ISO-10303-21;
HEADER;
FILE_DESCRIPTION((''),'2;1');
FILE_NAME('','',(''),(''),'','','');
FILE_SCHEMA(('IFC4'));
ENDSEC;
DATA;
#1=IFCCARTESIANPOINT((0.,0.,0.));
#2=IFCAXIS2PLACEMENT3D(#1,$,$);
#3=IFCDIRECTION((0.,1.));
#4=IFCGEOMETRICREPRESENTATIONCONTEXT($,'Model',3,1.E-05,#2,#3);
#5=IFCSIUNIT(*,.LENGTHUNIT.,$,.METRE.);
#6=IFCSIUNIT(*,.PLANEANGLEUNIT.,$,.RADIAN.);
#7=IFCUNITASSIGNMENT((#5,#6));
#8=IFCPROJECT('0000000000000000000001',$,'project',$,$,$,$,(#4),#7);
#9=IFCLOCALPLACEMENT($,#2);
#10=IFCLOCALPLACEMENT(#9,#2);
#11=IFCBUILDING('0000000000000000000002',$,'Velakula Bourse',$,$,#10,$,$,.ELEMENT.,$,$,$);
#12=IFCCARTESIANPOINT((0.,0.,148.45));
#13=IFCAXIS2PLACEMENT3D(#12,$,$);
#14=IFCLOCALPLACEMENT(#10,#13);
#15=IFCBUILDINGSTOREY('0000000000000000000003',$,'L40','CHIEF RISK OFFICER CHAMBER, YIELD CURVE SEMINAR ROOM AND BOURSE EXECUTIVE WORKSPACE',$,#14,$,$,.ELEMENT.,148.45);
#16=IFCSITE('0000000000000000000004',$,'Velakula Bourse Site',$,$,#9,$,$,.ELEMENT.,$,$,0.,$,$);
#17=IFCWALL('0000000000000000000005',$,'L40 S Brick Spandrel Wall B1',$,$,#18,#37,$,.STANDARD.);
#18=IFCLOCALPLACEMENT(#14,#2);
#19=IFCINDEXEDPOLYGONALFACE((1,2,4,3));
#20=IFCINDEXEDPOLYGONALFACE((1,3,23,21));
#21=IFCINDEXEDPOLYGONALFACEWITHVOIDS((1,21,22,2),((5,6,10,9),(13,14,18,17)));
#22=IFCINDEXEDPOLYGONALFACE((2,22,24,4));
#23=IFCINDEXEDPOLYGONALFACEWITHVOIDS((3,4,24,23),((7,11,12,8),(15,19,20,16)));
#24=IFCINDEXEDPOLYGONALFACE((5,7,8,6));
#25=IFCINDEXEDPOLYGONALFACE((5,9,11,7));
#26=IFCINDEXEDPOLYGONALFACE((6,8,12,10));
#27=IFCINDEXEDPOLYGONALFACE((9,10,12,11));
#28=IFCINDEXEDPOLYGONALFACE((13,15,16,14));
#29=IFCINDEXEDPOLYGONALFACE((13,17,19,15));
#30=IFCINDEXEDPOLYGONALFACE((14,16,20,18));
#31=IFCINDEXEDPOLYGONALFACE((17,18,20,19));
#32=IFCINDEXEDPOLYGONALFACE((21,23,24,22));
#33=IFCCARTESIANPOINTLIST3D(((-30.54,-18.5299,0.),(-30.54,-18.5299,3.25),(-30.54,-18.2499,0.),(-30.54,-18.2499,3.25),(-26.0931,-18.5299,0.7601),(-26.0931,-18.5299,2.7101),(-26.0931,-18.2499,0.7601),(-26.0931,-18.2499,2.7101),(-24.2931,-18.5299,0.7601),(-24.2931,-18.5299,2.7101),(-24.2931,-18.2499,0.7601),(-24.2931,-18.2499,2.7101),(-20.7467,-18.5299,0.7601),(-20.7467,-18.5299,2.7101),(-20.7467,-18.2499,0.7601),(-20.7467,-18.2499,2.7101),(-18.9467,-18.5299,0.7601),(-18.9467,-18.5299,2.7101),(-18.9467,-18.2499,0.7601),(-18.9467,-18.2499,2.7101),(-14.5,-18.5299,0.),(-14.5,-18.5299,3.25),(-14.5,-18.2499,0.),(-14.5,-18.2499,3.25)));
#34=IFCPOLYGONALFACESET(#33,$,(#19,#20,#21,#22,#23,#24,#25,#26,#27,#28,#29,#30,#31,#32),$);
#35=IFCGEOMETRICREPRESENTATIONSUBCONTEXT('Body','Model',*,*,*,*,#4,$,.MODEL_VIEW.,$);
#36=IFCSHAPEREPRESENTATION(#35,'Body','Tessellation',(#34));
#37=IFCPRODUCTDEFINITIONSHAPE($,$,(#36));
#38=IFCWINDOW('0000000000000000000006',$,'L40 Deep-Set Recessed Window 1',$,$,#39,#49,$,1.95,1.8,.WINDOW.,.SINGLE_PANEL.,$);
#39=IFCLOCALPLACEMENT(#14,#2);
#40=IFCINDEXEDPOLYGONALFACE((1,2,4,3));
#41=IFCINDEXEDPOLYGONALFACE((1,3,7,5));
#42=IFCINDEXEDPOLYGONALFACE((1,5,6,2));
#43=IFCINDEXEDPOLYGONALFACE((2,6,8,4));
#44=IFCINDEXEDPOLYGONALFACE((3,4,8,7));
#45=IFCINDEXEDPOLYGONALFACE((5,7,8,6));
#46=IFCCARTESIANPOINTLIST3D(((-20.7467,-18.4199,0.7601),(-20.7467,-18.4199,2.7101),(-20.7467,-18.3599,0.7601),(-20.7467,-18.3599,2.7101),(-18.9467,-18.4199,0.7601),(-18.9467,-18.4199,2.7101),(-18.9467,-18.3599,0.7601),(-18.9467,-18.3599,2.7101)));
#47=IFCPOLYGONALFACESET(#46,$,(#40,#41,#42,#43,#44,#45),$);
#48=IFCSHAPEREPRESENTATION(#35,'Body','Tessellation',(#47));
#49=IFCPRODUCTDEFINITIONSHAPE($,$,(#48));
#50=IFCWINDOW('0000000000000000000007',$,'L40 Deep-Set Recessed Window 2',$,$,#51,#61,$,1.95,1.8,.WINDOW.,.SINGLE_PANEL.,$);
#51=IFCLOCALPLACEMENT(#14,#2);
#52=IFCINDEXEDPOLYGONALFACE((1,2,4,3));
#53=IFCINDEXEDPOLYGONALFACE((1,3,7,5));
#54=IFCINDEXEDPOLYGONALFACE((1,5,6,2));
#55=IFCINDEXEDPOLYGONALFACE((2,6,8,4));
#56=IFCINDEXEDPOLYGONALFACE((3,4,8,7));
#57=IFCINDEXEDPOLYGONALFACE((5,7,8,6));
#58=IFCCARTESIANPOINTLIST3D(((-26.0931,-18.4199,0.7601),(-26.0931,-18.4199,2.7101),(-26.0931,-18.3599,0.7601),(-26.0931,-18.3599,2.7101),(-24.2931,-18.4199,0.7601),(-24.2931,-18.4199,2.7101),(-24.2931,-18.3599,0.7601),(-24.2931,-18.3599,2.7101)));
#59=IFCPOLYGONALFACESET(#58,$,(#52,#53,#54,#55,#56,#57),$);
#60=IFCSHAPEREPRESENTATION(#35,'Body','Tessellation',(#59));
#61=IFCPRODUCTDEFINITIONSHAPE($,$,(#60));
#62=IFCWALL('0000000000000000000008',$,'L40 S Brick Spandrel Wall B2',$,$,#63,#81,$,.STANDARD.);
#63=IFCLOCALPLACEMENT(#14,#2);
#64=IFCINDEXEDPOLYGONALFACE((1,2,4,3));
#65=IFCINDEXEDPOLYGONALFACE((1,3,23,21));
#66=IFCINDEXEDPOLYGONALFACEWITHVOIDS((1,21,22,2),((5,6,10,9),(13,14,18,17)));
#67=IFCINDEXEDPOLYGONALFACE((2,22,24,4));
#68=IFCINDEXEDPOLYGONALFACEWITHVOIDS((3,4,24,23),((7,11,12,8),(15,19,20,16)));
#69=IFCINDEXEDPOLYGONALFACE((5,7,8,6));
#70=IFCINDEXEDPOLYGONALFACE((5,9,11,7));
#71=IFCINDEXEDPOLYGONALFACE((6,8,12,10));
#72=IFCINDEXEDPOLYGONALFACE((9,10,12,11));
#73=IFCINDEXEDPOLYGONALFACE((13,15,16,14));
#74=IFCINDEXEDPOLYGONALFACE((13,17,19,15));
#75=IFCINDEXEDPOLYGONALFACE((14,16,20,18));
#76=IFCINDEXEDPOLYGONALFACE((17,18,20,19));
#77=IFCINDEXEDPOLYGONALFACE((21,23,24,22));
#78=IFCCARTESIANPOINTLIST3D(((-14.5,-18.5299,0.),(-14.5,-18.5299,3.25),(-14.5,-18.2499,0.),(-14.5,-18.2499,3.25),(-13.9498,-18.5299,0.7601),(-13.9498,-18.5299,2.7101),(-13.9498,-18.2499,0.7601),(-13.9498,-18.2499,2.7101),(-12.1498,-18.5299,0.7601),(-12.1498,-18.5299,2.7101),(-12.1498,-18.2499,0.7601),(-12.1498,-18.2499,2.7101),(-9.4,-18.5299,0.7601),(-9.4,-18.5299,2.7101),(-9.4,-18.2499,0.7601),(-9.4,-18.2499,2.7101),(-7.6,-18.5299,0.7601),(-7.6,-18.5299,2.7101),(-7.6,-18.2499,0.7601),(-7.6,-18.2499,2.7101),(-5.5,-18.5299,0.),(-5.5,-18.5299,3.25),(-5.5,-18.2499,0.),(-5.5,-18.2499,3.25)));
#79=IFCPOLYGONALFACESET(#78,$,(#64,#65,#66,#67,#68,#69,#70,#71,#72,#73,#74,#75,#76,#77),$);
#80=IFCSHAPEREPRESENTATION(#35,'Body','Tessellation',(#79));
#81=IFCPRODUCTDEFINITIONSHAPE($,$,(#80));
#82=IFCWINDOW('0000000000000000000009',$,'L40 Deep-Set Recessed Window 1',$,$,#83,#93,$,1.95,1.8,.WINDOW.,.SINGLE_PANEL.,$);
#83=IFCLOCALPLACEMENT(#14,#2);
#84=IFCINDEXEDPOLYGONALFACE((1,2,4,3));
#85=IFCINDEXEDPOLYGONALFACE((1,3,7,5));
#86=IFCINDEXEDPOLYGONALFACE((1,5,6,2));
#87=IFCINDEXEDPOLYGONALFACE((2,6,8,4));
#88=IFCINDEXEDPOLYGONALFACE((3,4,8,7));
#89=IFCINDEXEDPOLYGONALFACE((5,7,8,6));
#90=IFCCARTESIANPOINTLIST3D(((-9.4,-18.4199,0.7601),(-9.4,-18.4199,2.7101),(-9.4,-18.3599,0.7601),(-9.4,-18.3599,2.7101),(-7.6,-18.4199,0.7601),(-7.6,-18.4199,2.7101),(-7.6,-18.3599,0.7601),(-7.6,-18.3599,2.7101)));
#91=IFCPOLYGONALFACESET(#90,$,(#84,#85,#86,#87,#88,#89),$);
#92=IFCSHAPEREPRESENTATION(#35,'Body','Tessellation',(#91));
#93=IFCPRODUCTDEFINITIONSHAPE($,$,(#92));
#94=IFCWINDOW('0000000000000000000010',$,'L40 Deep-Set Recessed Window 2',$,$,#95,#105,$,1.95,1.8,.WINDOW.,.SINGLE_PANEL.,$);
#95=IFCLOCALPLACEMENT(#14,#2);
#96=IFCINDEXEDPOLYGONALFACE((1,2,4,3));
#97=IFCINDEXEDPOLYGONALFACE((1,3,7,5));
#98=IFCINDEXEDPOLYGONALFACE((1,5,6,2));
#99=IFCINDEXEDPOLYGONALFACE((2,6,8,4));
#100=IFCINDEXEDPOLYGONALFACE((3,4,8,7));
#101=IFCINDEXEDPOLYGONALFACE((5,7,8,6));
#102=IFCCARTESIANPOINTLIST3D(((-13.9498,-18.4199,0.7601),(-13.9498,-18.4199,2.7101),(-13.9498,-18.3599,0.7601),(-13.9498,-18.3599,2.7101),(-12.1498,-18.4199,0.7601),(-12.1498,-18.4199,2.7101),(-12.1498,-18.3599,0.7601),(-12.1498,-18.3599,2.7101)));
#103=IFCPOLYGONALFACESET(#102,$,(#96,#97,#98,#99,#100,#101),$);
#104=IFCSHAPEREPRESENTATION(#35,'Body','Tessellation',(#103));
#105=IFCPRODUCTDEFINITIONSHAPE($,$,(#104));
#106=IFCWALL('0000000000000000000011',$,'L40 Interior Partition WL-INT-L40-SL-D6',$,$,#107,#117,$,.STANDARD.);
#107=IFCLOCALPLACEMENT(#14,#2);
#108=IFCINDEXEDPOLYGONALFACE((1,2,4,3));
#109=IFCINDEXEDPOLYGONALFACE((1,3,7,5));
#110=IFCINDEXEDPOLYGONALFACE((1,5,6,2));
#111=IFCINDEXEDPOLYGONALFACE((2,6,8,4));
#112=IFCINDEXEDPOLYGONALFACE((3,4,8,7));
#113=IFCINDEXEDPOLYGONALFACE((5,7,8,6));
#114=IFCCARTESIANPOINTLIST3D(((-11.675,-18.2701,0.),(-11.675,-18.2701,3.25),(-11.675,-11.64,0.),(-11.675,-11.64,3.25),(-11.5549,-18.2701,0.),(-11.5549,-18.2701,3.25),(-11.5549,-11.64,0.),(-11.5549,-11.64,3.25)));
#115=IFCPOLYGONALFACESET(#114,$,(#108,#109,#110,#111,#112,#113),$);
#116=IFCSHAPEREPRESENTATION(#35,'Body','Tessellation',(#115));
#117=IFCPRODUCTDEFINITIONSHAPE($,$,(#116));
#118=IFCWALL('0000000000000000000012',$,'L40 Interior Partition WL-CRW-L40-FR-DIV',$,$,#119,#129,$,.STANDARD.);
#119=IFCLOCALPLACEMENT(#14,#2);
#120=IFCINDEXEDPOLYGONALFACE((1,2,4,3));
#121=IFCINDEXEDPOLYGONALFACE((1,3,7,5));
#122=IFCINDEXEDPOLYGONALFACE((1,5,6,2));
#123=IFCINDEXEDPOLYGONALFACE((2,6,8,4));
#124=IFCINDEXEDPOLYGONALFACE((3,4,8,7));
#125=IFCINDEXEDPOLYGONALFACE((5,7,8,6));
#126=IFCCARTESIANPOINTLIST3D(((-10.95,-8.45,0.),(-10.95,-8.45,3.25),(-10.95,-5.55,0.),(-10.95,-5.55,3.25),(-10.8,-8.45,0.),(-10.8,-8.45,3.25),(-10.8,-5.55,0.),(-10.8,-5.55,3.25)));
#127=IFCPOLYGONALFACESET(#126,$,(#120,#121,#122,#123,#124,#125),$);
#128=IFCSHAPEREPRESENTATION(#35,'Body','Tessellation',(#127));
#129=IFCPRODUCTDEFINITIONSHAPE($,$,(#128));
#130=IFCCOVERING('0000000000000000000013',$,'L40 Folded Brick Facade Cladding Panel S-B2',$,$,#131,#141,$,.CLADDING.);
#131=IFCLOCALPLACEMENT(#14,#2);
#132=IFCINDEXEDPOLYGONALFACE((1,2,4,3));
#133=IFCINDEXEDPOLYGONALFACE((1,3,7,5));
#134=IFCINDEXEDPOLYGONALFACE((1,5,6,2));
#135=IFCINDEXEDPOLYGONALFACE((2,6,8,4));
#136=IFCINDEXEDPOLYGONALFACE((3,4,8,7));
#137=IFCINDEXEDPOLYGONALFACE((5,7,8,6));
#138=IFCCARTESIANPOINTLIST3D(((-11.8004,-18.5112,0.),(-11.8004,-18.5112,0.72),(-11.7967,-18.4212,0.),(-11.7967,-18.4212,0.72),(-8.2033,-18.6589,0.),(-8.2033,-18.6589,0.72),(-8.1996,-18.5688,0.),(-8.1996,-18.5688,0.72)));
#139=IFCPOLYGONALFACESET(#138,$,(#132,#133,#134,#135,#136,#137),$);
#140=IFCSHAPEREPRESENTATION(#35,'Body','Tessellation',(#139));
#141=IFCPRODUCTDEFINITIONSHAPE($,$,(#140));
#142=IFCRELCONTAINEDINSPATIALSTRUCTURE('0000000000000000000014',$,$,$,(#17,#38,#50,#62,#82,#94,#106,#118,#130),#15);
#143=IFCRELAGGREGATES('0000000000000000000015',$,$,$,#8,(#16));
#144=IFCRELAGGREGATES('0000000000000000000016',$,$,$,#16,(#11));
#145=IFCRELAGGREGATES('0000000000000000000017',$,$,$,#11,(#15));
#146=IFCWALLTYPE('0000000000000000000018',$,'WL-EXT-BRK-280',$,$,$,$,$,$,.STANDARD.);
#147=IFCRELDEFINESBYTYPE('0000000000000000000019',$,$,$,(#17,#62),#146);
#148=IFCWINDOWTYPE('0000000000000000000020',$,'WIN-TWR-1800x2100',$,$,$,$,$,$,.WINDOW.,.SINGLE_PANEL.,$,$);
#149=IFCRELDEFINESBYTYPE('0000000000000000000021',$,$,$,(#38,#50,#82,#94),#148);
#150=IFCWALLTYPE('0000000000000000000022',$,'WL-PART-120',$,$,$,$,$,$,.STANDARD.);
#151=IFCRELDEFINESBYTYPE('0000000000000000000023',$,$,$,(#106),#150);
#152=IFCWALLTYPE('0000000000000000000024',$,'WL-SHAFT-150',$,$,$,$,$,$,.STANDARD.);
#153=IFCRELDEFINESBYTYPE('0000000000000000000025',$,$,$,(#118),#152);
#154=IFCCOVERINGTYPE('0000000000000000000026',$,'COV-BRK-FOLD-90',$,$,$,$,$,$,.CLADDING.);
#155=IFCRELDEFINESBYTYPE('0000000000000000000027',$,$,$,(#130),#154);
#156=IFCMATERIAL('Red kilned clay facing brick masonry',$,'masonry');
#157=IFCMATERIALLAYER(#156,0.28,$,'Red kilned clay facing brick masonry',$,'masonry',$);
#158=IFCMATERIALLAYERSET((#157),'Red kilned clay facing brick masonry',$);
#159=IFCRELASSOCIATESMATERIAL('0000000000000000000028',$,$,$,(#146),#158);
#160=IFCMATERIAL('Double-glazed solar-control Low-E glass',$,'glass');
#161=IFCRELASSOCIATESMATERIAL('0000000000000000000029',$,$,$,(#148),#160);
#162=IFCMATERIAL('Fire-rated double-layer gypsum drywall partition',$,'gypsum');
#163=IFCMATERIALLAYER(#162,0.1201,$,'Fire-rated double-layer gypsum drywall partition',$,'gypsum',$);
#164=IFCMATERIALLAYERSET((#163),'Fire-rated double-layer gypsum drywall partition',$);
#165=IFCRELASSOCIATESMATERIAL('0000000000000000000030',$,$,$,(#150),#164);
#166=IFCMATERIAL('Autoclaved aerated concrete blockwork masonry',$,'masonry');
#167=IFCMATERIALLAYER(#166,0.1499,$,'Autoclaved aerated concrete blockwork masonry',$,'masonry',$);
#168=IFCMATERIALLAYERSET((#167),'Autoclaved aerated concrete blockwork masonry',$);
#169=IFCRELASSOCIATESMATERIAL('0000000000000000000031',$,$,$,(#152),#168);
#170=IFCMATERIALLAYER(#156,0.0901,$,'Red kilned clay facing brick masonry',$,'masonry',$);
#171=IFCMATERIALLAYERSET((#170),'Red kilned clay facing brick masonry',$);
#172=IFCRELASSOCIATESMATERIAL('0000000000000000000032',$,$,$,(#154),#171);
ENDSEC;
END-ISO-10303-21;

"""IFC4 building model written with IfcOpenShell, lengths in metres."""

from ifc_helpers import new_model, si_unit, direction, frame, frame_2d, origin, origin_2d, place, context, subcontext, project, spatial, rectangle, extrude, material, layer, layer_set, type_object, element, fill, save


model = new_model("IFC4")

# Units and contexts
model_context = context("Model", 3, precision=1e-05, world=origin(), true_north=direction((0.0, 1.0)))
body_context = subcontext(model_context, "Body", "Model", "MODEL_VIEW")
ifc_project = project(units=[si_unit("LENGTHUNIT", "METRE"), si_unit("PLANEANGLEUNIT", "RADIAN")], contexts=[model_context])

# Site, building, storey
site_placement = place(None, origin())
site = spatial("IfcSite", under=ifc_project, at=site_placement, Name="Velakula Bourse Site", CompositionType="ELEMENT", RefElevation=0.0)
building_placement = place(site_placement, origin())
building = spatial("IfcBuilding", under=site, at=building_placement, Name="Velakula Bourse", CompositionType="ELEMENT")
storey_placement = place(building_placement, frame((0.0, 0.0, 148.45)))
storey = spatial("IfcBuildingStorey", under=building, at=storey_placement, Name="L40", Description="CHIEF RISK OFFICER CHAMBER, YIELD CURVE SEMINAR ROOM AND BOURSE EXECUTIVE WORKSPACE", CompositionType="ELEMENT", Elevation=148.45)

# Walls, openings, windows
ifc_material_1 = material(Name="Red kilned clay facing brick masonry", Category="masonry")
ifc_layer_1 = layer(ifc_material_1, 0.28, Name="Red kilned clay facing brick masonry", Category="masonry")
ifc_layer_set_1 = layer_set([ifc_layer_1], Name="Red kilned clay facing brick masonry")
wall_type_1 = type_object("IfcWallType", Name="WL-EXT-BRK-280", PredefinedType="STANDARD", material=ifc_layer_set_1)
wall_1_placement = place(storey_placement, frame((-14.5, -18.3899, 0.0), z_axis=(0.0, 0.0, 1.0), x_axis=(-1.0, 0.0, 0.0)))
wall_1 = element("IfcWall", 1, at=wall_1_placement, inside=storey, type_object=wall_type_1, Name="L40 S Brick Spandrel Wall B1", PredefinedType="STANDARD", context=body_context, shape_type="SweptSolid", body=[
    extrude(rectangle(XDim=16.04, YDim=0.28, at=frame_2d((8.02, 0.0))), origin(), (0.0, 0.0, 1.0), 3.25),
])
opening_1_placement = place(wall_1_placement, frame((4.4468, 0.0, 0.76)))
opening_1 = element("IfcOpeningElement", 2, at=opening_1_placement, cuts=wall_1, PredefinedType="OPENING", context=body_context, shape_type="SweptSolid", body=[
    extrude(rectangle(XDim=1.8, YDim=1.95, at=frame_2d((0.8999, 0.9751))), frame((0.0, 0.1499, 0.0), z_axis=(0.0, -1.0, 0.0), x_axis=(1.0, 0.0, 0.0)), (0.0, 0.0, 1.0), 0.3),
])
opening_2_placement = place(wall_1_placement, frame((9.7932, 0.0, 0.76)))
opening_2 = element("IfcOpeningElement", 3, at=opening_2_placement, cuts=wall_1, PredefinedType="OPENING", context=body_context, shape_type="SweptSolid", body=[
    extrude(rectangle(XDim=1.8, YDim=1.95, at=frame_2d((0.8999, 0.9751))), frame((0.0, 0.1499, 0.0), z_axis=(0.0, -1.0, 0.0), x_axis=(1.0, 0.0, 0.0)), (0.0, 0.0, 1.0), 0.3),
])
ifc_material_2 = material(Name="Double-glazed solar-control Low-E glass", Category="glass")
window_type = type_object("IfcWindowType", Name="WIN-TWR-1800x2100", PartitioningType="SINGLE_PANEL", PredefinedType="WINDOW", material=ifc_material_2)
window_1_placement = place(opening_1_placement, origin())
window_1 = element("IfcWindow", 4, at=window_1_placement, inside=storey, type_object=window_type, Name="L40 Deep-Set Recessed Window 1", OverallHeight=1.95, OverallWidth=1.8, PartitioningType="SINGLE_PANEL", PredefinedType="WINDOW", context=body_context, shape_type="SweptSolid", body=[
    extrude(rectangle(XDim=1.8, YDim=1.95, at=frame_2d((0.8999, 0.9751))), frame((0.0, 0.03, 0.0), z_axis=(0.0, -1.0, 0.0), x_axis=(1.0, 0.0, 0.0)), (0.0, 0.0, 1.0), 0.0601),
])
fill(opening_1, window_1)
window_2_placement = place(opening_2_placement, origin())
window_2 = element("IfcWindow", 5, at=window_2_placement, inside=storey, type_object=window_type, Name="L40 Deep-Set Recessed Window 2", OverallHeight=1.95, OverallWidth=1.8, PartitioningType="SINGLE_PANEL", PredefinedType="WINDOW", context=body_context, shape_type="SweptSolid", body=[
    extrude(rectangle(XDim=1.8, YDim=1.95, at=frame_2d((0.8999, 0.9751))), frame((0.0, 0.03, 0.0), z_axis=(0.0, -1.0, 0.0), x_axis=(1.0, 0.0, 0.0)), (0.0, 0.0, 1.0), 0.0601),
])
fill(opening_2, window_2)
wall_2_placement = place(storey_placement, frame((-5.5, -18.3899, 0.0), z_axis=(0.0, 0.0, 1.0), x_axis=(-1.0, 0.0, 0.0)))
wall_2 = element("IfcWall", 6, at=wall_2_placement, inside=storey, type_object=wall_type_1, Name="L40 S Brick Spandrel Wall B2", PredefinedType="STANDARD", context=body_context, shape_type="SweptSolid", body=[
    extrude(rectangle(XDim=9.0, YDim=0.28, at=frame_2d((4.5, 0.0))), origin(), (0.0, 0.0, 1.0), 3.25),
])
opening_3_placement = place(wall_2_placement, frame((2.1001, 0.0, 0.76)))
opening_3 = element("IfcOpeningElement", 7, at=opening_3_placement, cuts=wall_2, PredefinedType="OPENING", context=body_context, shape_type="SweptSolid", body=[
    extrude(rectangle(XDim=1.8, YDim=1.95, at=frame_2d((0.8999, 0.9751))), frame((0.0, 0.1499, 0.0), z_axis=(0.0, -1.0, 0.0), x_axis=(1.0, 0.0, 0.0)), (0.0, 0.0, 1.0), 0.3),
])
opening_4_placement = place(wall_2_placement, frame((6.6499, 0.0, 0.76)))
opening_4 = element("IfcOpeningElement", 8, at=opening_4_placement, cuts=wall_2, PredefinedType="OPENING", context=body_context, shape_type="SweptSolid", body=[
    extrude(rectangle(XDim=1.8, YDim=1.95, at=frame_2d((0.8999, 0.9751))), frame((0.0, 0.1499, 0.0), z_axis=(0.0, -1.0, 0.0), x_axis=(1.0, 0.0, 0.0)), (0.0, 0.0, 1.0), 0.3),
])
window_3_placement = place(opening_3_placement, origin())
window_3 = element("IfcWindow", 9, at=window_3_placement, inside=storey, type_object=window_type, Name="L40 Deep-Set Recessed Window 1", OverallHeight=1.95, OverallWidth=1.8, PartitioningType="SINGLE_PANEL", PredefinedType="WINDOW", context=body_context, shape_type="SweptSolid", body=[
    extrude(rectangle(XDim=1.8, YDim=1.95, at=frame_2d((0.8999, 0.9751))), frame((0.0, 0.03, 0.0), z_axis=(0.0, -1.0, 0.0), x_axis=(1.0, 0.0, 0.0)), (0.0, 0.0, 1.0), 0.0601),
])
fill(opening_3, window_3)
window_4_placement = place(opening_4_placement, origin())
window_4 = element("IfcWindow", 10, at=window_4_placement, inside=storey, type_object=window_type, Name="L40 Deep-Set Recessed Window 2", OverallHeight=1.95, OverallWidth=1.8, PartitioningType="SINGLE_PANEL", PredefinedType="WINDOW", context=body_context, shape_type="SweptSolid", body=[
    extrude(rectangle(XDim=1.8, YDim=1.95, at=frame_2d((0.8999, 0.9751))), frame((0.0, 0.03, 0.0), z_axis=(0.0, -1.0, 0.0), x_axis=(1.0, 0.0, 0.0)), (0.0, 0.0, 1.0), 0.0601),
])
fill(opening_4, window_4)

# Walls
ifc_material_3 = material(Name="Fire-rated double-layer gypsum drywall partition", Category="gypsum")
ifc_layer_2 = layer(ifc_material_3, 0.1201, Name="Fire-rated double-layer gypsum drywall partition", Category="gypsum")
ifc_layer_set_2 = layer_set([ifc_layer_2], Name="Fire-rated double-layer gypsum drywall partition")
wall_type_2 = type_object("IfcWallType", Name="WL-PART-120", PredefinedType="STANDARD", material=ifc_layer_set_2)
wall_3_placement = place(storey_placement, frame((-11.615, -18.27, 0.0), z_axis=(0.0, 0.0, 1.0), x_axis=(0.0, 1.0, 0.0)))
element("IfcWall", 11, at=wall_3_placement, inside=storey, type_object=wall_type_2, Name="L40 Interior Partition WL-INT-L40-SL-D6", PredefinedType="STANDARD", context=body_context, shape_type="SweptSolid", body=[
    extrude(rectangle(XDim=6.6301, YDim=0.1201, at=frame_2d((3.3149, 0.0))), origin(), (0.0, 0.0, 1.0), 3.25),
])
ifc_material_4 = material(Name="Autoclaved aerated concrete blockwork masonry", Category="masonry")
ifc_layer_3 = layer(ifc_material_4, 0.1499, Name="Autoclaved aerated concrete blockwork masonry", Category="masonry")
ifc_layer_set_3 = layer_set([ifc_layer_3], Name="Autoclaved aerated concrete blockwork masonry")
wall_type_3 = type_object("IfcWallType", Name="WL-SHAFT-150", PredefinedType="STANDARD", material=ifc_layer_set_3)
wall_4_placement = place(storey_placement, frame((-10.875, -8.45, 0.0), z_axis=(0.0, 0.0, 1.0), x_axis=(0.0, 1.0, 0.0)))
element("IfcWall", 12, at=wall_4_placement, inside=storey, type_object=wall_type_3, Name="L40 Interior Partition WL-CRW-L40-FR-DIV", PredefinedType="STANDARD", context=body_context, shape_type="SweptSolid", body=[
    extrude(rectangle(XDim=2.8999, YDim=0.1499, at=frame_2d((1.45, 0.0))), origin(), (0.0, 0.0, 1.0), 3.25),
])

# Covering
ifc_layer_4 = layer(ifc_material_1, 0.0901, Name="Red kilned clay facing brick masonry", Category="masonry")
ifc_layer_set_4 = layer_set([ifc_layer_4], Name="Red kilned clay facing brick masonry")
covering_type = type_object("IfcCoveringType", Name="COV-BRK-FOLD-90", PredefinedType="CLADDING", material=ifc_layer_set_4)
covering_placement = place(storey_placement, frame((-10.0, -18.54, 0.0), z_axis=(0.0, 0.0, 1.0), x_axis=(0.999159, -0.041004, 0.0)))
element("IfcCovering", 13, at=covering_placement, inside=storey, type_object=covering_type, Name="L40 Folded Brick Facade Cladding Panel S-B2", PredefinedType="CLADDING", context=body_context, shape_type="SweptSolid", body=[
    extrude(rectangle(XDim=3.6001, YDim=0.0901, at=origin_2d()), origin(), (0.0, 0.0, 1.0), 0.72),
])

save(model, "model.ifc")
